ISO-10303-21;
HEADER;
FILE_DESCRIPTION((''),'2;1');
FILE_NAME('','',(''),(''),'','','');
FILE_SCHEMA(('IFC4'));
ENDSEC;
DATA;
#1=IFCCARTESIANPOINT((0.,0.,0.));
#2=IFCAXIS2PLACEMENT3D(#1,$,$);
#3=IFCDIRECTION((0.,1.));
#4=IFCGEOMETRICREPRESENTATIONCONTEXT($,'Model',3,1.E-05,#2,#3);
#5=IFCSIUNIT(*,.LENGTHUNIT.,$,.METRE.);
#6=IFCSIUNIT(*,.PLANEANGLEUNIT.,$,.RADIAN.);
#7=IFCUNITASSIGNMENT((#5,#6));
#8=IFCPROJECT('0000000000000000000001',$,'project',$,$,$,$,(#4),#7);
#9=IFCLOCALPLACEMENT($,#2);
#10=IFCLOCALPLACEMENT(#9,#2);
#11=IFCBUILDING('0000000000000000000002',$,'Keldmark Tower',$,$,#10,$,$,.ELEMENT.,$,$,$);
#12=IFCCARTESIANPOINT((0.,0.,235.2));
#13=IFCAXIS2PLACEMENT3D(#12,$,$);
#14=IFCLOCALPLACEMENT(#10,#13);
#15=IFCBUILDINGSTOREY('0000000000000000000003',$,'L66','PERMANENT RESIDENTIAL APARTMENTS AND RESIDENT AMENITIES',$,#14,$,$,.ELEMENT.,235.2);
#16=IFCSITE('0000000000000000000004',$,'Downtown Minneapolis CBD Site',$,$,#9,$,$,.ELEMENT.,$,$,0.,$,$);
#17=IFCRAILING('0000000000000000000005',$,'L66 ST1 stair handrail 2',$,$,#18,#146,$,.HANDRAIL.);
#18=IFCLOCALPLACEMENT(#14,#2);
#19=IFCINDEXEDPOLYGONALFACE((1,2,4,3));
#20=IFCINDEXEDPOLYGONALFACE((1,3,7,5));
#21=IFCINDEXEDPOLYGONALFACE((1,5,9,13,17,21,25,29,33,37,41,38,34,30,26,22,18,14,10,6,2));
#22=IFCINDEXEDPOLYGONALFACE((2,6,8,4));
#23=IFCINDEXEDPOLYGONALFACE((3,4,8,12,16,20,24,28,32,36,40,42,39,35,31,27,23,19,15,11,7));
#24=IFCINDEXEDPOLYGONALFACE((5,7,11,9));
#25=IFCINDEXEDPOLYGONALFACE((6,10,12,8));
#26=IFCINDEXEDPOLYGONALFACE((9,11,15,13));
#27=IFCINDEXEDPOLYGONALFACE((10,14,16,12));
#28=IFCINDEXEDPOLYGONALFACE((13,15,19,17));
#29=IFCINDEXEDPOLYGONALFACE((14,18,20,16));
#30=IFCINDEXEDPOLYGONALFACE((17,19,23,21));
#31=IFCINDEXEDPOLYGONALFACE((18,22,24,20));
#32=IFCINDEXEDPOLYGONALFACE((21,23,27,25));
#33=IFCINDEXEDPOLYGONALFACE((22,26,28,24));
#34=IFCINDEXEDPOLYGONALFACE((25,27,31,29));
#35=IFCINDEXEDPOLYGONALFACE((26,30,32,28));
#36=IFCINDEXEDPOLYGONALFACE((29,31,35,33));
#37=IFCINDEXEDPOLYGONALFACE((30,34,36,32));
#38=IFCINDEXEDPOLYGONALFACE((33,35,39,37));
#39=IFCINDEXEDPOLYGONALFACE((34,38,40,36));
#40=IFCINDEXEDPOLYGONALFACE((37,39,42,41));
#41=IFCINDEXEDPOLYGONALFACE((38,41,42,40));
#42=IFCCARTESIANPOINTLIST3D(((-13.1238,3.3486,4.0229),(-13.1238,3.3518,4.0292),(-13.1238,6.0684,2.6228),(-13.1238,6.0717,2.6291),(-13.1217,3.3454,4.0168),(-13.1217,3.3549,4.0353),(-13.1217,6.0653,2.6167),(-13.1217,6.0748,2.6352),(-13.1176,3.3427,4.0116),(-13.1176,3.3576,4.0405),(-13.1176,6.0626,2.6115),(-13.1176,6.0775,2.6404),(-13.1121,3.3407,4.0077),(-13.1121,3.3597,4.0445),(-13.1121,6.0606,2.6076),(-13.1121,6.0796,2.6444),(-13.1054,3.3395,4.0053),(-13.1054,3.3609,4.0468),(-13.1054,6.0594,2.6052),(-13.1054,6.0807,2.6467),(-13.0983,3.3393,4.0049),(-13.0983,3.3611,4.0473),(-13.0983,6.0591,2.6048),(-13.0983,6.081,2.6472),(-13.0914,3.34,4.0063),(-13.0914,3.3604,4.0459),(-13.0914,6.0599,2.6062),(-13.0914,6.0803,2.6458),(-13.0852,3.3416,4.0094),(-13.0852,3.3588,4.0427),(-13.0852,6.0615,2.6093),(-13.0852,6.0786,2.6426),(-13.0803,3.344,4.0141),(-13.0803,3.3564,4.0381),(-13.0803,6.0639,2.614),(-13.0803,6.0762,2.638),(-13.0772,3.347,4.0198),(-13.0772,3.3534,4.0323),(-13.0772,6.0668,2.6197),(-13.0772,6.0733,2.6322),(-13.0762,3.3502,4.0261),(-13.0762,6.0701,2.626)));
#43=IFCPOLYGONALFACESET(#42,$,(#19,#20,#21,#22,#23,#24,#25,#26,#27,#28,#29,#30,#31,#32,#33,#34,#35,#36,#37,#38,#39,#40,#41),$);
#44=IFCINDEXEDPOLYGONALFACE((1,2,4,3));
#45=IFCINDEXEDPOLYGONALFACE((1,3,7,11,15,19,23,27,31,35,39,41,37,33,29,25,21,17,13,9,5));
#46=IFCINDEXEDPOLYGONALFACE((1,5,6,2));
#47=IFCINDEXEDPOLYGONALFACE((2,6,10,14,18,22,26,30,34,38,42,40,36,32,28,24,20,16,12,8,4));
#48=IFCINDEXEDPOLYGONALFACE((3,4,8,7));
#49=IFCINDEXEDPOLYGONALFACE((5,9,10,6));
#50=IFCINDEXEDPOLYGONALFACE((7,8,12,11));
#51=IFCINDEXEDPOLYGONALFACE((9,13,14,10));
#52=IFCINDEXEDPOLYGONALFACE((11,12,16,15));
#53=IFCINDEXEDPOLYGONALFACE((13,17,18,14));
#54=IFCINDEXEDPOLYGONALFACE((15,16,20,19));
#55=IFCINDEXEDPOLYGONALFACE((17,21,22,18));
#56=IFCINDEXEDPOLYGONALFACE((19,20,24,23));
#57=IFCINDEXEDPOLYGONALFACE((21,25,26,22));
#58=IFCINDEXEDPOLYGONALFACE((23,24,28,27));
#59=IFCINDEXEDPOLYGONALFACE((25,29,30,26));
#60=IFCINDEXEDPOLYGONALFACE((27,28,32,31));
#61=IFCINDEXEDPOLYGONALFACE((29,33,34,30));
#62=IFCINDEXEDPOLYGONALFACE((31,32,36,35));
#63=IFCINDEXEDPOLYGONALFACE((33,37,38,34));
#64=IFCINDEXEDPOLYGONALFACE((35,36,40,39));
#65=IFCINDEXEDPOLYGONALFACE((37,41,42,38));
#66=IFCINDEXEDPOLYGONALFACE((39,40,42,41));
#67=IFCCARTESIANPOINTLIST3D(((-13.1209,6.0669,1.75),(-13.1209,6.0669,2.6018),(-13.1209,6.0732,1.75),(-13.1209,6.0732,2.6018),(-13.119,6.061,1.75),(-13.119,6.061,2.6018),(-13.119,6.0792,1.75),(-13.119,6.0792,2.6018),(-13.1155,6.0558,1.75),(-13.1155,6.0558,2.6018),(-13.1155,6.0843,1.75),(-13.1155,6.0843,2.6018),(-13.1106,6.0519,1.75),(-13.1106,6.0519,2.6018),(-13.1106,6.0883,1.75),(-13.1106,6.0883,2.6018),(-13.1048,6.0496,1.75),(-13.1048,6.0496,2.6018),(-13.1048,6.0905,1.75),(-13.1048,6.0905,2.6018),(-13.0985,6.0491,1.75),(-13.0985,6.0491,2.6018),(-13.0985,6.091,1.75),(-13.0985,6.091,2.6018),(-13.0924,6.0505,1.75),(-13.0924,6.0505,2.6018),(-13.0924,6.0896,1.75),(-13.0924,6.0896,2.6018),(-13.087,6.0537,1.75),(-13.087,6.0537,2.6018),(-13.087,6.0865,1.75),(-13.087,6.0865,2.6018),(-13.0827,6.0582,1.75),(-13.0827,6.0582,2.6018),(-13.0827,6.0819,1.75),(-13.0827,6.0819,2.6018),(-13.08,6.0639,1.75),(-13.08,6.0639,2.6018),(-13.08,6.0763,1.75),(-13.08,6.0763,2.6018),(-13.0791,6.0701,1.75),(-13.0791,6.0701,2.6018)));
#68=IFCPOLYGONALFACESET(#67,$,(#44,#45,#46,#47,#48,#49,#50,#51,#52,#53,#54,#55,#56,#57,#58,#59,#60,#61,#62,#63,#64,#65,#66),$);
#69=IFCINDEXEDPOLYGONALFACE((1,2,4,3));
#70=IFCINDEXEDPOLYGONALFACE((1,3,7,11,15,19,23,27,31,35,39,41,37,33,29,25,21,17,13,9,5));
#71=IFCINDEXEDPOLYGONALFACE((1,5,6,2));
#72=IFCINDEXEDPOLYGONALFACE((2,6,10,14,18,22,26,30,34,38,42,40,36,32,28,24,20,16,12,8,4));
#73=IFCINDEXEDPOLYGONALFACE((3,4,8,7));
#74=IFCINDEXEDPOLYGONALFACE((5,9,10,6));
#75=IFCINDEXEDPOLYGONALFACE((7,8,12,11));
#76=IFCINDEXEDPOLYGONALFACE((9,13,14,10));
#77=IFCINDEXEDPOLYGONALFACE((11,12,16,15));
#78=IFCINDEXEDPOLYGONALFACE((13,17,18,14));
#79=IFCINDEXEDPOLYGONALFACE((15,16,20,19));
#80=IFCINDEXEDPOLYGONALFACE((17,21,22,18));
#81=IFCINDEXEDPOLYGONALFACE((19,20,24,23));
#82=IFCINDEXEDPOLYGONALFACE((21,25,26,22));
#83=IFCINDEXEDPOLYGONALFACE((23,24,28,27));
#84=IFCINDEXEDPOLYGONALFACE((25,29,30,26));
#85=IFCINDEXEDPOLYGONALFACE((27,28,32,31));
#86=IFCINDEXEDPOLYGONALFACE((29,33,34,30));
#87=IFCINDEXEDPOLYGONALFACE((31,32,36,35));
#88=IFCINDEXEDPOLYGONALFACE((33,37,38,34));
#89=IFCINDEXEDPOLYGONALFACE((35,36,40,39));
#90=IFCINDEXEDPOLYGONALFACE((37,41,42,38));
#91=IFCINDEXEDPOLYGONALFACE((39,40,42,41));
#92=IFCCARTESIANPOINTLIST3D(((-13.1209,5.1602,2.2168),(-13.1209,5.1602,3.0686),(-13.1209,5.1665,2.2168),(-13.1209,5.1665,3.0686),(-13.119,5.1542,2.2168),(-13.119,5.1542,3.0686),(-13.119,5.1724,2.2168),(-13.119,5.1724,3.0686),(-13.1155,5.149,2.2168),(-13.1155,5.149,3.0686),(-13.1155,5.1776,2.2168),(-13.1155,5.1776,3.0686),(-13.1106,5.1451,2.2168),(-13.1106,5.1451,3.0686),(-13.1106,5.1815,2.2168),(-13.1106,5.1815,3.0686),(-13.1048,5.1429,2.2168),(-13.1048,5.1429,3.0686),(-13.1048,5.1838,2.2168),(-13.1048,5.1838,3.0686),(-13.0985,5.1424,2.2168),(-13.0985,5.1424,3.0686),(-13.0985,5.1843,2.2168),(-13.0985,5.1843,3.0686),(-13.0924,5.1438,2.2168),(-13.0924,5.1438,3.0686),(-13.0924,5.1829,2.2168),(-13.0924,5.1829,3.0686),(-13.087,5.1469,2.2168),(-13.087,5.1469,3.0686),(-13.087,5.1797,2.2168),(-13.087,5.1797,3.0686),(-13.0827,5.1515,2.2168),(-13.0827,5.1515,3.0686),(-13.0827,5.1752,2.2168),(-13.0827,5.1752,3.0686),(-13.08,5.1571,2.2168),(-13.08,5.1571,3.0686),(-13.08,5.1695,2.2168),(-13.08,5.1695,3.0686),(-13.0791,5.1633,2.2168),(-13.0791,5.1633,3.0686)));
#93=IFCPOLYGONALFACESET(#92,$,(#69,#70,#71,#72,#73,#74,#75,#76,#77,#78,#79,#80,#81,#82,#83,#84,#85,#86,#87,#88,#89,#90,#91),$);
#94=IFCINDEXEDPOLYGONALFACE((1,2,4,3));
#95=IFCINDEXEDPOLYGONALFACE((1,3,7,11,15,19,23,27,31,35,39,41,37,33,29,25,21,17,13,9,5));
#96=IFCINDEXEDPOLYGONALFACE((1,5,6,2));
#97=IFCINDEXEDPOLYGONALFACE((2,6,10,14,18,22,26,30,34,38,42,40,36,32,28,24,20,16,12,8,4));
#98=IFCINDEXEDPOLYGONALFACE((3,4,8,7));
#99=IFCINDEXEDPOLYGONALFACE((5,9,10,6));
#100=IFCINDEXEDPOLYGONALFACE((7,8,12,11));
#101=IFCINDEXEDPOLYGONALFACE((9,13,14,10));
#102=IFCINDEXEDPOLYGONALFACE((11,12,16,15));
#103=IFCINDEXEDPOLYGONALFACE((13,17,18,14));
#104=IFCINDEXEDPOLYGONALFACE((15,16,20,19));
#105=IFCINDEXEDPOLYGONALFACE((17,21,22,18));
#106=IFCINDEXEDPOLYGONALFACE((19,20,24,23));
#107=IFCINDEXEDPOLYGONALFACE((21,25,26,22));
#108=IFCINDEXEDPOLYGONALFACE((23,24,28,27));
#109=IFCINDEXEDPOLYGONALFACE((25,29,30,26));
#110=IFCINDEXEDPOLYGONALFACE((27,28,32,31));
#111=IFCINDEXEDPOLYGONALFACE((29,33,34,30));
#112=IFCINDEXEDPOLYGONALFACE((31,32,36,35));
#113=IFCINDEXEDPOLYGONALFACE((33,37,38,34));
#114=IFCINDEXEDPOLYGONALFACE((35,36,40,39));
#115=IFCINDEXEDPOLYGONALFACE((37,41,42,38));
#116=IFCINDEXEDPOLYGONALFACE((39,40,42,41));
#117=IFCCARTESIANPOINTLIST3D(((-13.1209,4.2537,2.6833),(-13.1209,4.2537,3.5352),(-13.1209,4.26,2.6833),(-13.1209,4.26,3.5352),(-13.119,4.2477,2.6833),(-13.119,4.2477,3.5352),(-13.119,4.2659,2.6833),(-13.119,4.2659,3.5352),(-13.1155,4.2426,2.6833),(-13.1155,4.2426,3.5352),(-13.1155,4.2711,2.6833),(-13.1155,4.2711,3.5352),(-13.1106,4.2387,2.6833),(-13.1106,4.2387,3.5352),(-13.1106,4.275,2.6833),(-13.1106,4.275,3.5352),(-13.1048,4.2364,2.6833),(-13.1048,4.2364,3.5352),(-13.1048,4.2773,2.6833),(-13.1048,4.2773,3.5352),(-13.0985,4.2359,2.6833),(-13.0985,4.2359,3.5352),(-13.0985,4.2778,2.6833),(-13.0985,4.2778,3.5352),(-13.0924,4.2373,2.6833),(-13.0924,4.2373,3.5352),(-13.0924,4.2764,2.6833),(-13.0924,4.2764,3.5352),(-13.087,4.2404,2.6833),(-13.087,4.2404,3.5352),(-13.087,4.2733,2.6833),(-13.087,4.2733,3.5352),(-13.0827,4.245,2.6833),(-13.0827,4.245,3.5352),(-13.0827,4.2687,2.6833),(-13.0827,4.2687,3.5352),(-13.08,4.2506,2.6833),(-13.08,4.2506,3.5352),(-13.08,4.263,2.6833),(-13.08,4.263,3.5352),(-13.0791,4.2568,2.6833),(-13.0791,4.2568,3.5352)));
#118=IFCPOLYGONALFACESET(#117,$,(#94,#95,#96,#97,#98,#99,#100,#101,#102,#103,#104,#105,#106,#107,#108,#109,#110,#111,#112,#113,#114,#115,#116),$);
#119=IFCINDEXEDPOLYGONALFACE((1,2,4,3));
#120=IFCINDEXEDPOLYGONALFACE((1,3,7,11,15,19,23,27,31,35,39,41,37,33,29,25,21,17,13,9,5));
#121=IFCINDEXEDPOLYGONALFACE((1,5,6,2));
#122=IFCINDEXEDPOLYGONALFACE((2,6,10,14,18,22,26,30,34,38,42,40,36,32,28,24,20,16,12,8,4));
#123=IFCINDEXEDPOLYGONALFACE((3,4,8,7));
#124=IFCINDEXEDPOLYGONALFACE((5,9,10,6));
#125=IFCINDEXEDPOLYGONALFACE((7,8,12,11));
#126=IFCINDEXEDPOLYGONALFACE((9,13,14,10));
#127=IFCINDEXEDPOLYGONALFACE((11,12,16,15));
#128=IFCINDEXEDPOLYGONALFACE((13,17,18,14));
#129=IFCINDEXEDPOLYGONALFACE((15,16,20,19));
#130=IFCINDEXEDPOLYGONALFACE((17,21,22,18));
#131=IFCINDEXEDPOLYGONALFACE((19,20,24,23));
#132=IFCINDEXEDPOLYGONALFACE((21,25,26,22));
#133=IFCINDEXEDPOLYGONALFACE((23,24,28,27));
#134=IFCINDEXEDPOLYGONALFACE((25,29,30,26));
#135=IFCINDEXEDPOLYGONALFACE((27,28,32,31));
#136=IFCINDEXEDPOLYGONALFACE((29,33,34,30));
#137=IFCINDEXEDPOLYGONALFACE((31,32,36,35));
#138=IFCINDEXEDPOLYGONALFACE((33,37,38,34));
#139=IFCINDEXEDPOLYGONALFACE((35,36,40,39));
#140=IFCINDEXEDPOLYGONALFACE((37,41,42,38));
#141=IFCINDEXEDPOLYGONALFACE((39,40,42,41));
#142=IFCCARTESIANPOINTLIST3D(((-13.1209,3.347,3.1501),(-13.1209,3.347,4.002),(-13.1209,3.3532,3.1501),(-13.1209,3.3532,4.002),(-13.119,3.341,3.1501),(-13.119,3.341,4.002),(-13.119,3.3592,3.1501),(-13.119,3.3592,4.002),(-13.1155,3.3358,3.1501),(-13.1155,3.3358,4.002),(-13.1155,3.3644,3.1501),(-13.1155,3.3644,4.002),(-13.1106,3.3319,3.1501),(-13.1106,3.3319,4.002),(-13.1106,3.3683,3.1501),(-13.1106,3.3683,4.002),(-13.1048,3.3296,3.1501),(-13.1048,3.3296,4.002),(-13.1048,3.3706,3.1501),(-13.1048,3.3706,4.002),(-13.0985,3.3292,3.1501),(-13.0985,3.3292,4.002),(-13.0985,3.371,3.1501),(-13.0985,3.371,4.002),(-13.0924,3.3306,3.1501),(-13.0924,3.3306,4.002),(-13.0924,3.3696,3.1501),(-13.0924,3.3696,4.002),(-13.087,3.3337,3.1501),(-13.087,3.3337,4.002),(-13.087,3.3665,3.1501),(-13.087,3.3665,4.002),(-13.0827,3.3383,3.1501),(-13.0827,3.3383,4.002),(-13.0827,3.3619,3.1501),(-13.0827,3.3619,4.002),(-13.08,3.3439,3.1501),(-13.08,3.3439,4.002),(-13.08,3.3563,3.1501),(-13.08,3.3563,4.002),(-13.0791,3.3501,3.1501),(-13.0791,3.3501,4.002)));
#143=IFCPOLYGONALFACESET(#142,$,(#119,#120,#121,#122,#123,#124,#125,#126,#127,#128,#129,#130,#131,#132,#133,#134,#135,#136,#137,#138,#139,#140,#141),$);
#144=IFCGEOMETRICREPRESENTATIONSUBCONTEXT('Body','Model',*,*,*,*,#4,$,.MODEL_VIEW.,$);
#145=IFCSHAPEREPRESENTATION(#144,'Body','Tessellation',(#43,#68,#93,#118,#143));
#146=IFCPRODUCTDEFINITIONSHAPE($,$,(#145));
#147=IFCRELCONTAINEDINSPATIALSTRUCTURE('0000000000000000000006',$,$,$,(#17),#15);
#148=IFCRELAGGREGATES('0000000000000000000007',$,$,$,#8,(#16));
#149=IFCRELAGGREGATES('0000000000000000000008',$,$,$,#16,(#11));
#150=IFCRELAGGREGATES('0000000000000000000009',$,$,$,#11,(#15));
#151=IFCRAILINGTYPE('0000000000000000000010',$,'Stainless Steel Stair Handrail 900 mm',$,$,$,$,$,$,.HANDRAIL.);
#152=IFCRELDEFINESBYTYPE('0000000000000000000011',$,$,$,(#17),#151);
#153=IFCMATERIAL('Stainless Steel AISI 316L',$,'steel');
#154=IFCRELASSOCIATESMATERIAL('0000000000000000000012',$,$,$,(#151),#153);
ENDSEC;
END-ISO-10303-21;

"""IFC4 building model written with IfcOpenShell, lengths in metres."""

from ifc_helpers import new_model, si_unit, direction, frame, origin, origin_2d, place, context, subcontext, project, spatial, circle, extrude, material, type_object, element, save


model = new_model("IFC4")

# Units and contexts
model_context = context("Model", 3, precision=1e-05, world=origin(), true_north=direction((0.0, 1.0)))
body_context = subcontext(model_context, "Body", "Model", "MODEL_VIEW")
ifc_project = project(units=[si_unit("LENGTHUNIT", "METRE"), si_unit("PLANEANGLEUNIT", "RADIAN")], contexts=[model_context])

# Site, building, storey
site_placement = place(None, origin())
site = spatial("IfcSite", under=ifc_project, at=site_placement, Name="Downtown Minneapolis CBD Site", CompositionType="ELEMENT", RefElevation=0.0)
building_placement = place(site_placement, origin())
building = spatial("IfcBuilding", under=site, at=building_placement, Name="Keldmark Tower", CompositionType="ELEMENT")
storey_placement = place(building_placement, frame((0.0, 0.0, 235.2)))
storey = spatial("IfcBuildingStorey", under=building, at=storey_placement, Name="L66", Description="PERMANENT RESIDENTIAL APARTMENTS AND RESIDENT AMENITIES", CompositionType="ELEMENT", Elevation=235.2)

# Railing
ifc_material_1 = material(Name="Stainless Steel AISI 316L", Category="steel")
railing_type_1 = type_object("IfcRailingType", Name="Stainless Steel Stair Handrail 900 mm", PredefinedType="HANDRAIL", material=ifc_material_1)
railing_1_placement = place(storey_placement, frame((-13.1001, 6.0701, 1.75)))
element("IfcRailing", 1, at=railing_1_placement, inside=storey, type_object=railing_type_1, Name="L66 ST1 stair handrail 2", PredefinedType="HANDRAIL", context=body_context, shape_type="SweptSolid", body=[
    extrude(circle(Radius=0.0239, at=origin_2d()), frame((0.0, 0.0, 0.876), z_axis=(0.0, -0.889114, 0.457685), x_axis=(1.0, 0.0, 0.0)), (0.0, 0.0, 1.0), 3.0591),
    extrude(circle(Radius=0.021, at=origin_2d()), origin(), (0.0, 0.0, 1.0), 0.8518),
    extrude(circle(Radius=0.021, at=origin_2d()), frame((0.0, -0.9067, 0.4668)), (0.0, 0.0, 1.0), 0.8518),
    extrude(circle(Radius=0.021, at=origin_2d()), frame((0.0, -1.8132, 0.9333)), (0.0, 0.0, 1.0), 0.8518),
    extrude(circle(Radius=0.021, at=origin_2d()), frame((0.0, -2.72, 1.4001)), (0.0, 0.0, 1.0), 0.8518),
])

save(model, "model.ifc")
